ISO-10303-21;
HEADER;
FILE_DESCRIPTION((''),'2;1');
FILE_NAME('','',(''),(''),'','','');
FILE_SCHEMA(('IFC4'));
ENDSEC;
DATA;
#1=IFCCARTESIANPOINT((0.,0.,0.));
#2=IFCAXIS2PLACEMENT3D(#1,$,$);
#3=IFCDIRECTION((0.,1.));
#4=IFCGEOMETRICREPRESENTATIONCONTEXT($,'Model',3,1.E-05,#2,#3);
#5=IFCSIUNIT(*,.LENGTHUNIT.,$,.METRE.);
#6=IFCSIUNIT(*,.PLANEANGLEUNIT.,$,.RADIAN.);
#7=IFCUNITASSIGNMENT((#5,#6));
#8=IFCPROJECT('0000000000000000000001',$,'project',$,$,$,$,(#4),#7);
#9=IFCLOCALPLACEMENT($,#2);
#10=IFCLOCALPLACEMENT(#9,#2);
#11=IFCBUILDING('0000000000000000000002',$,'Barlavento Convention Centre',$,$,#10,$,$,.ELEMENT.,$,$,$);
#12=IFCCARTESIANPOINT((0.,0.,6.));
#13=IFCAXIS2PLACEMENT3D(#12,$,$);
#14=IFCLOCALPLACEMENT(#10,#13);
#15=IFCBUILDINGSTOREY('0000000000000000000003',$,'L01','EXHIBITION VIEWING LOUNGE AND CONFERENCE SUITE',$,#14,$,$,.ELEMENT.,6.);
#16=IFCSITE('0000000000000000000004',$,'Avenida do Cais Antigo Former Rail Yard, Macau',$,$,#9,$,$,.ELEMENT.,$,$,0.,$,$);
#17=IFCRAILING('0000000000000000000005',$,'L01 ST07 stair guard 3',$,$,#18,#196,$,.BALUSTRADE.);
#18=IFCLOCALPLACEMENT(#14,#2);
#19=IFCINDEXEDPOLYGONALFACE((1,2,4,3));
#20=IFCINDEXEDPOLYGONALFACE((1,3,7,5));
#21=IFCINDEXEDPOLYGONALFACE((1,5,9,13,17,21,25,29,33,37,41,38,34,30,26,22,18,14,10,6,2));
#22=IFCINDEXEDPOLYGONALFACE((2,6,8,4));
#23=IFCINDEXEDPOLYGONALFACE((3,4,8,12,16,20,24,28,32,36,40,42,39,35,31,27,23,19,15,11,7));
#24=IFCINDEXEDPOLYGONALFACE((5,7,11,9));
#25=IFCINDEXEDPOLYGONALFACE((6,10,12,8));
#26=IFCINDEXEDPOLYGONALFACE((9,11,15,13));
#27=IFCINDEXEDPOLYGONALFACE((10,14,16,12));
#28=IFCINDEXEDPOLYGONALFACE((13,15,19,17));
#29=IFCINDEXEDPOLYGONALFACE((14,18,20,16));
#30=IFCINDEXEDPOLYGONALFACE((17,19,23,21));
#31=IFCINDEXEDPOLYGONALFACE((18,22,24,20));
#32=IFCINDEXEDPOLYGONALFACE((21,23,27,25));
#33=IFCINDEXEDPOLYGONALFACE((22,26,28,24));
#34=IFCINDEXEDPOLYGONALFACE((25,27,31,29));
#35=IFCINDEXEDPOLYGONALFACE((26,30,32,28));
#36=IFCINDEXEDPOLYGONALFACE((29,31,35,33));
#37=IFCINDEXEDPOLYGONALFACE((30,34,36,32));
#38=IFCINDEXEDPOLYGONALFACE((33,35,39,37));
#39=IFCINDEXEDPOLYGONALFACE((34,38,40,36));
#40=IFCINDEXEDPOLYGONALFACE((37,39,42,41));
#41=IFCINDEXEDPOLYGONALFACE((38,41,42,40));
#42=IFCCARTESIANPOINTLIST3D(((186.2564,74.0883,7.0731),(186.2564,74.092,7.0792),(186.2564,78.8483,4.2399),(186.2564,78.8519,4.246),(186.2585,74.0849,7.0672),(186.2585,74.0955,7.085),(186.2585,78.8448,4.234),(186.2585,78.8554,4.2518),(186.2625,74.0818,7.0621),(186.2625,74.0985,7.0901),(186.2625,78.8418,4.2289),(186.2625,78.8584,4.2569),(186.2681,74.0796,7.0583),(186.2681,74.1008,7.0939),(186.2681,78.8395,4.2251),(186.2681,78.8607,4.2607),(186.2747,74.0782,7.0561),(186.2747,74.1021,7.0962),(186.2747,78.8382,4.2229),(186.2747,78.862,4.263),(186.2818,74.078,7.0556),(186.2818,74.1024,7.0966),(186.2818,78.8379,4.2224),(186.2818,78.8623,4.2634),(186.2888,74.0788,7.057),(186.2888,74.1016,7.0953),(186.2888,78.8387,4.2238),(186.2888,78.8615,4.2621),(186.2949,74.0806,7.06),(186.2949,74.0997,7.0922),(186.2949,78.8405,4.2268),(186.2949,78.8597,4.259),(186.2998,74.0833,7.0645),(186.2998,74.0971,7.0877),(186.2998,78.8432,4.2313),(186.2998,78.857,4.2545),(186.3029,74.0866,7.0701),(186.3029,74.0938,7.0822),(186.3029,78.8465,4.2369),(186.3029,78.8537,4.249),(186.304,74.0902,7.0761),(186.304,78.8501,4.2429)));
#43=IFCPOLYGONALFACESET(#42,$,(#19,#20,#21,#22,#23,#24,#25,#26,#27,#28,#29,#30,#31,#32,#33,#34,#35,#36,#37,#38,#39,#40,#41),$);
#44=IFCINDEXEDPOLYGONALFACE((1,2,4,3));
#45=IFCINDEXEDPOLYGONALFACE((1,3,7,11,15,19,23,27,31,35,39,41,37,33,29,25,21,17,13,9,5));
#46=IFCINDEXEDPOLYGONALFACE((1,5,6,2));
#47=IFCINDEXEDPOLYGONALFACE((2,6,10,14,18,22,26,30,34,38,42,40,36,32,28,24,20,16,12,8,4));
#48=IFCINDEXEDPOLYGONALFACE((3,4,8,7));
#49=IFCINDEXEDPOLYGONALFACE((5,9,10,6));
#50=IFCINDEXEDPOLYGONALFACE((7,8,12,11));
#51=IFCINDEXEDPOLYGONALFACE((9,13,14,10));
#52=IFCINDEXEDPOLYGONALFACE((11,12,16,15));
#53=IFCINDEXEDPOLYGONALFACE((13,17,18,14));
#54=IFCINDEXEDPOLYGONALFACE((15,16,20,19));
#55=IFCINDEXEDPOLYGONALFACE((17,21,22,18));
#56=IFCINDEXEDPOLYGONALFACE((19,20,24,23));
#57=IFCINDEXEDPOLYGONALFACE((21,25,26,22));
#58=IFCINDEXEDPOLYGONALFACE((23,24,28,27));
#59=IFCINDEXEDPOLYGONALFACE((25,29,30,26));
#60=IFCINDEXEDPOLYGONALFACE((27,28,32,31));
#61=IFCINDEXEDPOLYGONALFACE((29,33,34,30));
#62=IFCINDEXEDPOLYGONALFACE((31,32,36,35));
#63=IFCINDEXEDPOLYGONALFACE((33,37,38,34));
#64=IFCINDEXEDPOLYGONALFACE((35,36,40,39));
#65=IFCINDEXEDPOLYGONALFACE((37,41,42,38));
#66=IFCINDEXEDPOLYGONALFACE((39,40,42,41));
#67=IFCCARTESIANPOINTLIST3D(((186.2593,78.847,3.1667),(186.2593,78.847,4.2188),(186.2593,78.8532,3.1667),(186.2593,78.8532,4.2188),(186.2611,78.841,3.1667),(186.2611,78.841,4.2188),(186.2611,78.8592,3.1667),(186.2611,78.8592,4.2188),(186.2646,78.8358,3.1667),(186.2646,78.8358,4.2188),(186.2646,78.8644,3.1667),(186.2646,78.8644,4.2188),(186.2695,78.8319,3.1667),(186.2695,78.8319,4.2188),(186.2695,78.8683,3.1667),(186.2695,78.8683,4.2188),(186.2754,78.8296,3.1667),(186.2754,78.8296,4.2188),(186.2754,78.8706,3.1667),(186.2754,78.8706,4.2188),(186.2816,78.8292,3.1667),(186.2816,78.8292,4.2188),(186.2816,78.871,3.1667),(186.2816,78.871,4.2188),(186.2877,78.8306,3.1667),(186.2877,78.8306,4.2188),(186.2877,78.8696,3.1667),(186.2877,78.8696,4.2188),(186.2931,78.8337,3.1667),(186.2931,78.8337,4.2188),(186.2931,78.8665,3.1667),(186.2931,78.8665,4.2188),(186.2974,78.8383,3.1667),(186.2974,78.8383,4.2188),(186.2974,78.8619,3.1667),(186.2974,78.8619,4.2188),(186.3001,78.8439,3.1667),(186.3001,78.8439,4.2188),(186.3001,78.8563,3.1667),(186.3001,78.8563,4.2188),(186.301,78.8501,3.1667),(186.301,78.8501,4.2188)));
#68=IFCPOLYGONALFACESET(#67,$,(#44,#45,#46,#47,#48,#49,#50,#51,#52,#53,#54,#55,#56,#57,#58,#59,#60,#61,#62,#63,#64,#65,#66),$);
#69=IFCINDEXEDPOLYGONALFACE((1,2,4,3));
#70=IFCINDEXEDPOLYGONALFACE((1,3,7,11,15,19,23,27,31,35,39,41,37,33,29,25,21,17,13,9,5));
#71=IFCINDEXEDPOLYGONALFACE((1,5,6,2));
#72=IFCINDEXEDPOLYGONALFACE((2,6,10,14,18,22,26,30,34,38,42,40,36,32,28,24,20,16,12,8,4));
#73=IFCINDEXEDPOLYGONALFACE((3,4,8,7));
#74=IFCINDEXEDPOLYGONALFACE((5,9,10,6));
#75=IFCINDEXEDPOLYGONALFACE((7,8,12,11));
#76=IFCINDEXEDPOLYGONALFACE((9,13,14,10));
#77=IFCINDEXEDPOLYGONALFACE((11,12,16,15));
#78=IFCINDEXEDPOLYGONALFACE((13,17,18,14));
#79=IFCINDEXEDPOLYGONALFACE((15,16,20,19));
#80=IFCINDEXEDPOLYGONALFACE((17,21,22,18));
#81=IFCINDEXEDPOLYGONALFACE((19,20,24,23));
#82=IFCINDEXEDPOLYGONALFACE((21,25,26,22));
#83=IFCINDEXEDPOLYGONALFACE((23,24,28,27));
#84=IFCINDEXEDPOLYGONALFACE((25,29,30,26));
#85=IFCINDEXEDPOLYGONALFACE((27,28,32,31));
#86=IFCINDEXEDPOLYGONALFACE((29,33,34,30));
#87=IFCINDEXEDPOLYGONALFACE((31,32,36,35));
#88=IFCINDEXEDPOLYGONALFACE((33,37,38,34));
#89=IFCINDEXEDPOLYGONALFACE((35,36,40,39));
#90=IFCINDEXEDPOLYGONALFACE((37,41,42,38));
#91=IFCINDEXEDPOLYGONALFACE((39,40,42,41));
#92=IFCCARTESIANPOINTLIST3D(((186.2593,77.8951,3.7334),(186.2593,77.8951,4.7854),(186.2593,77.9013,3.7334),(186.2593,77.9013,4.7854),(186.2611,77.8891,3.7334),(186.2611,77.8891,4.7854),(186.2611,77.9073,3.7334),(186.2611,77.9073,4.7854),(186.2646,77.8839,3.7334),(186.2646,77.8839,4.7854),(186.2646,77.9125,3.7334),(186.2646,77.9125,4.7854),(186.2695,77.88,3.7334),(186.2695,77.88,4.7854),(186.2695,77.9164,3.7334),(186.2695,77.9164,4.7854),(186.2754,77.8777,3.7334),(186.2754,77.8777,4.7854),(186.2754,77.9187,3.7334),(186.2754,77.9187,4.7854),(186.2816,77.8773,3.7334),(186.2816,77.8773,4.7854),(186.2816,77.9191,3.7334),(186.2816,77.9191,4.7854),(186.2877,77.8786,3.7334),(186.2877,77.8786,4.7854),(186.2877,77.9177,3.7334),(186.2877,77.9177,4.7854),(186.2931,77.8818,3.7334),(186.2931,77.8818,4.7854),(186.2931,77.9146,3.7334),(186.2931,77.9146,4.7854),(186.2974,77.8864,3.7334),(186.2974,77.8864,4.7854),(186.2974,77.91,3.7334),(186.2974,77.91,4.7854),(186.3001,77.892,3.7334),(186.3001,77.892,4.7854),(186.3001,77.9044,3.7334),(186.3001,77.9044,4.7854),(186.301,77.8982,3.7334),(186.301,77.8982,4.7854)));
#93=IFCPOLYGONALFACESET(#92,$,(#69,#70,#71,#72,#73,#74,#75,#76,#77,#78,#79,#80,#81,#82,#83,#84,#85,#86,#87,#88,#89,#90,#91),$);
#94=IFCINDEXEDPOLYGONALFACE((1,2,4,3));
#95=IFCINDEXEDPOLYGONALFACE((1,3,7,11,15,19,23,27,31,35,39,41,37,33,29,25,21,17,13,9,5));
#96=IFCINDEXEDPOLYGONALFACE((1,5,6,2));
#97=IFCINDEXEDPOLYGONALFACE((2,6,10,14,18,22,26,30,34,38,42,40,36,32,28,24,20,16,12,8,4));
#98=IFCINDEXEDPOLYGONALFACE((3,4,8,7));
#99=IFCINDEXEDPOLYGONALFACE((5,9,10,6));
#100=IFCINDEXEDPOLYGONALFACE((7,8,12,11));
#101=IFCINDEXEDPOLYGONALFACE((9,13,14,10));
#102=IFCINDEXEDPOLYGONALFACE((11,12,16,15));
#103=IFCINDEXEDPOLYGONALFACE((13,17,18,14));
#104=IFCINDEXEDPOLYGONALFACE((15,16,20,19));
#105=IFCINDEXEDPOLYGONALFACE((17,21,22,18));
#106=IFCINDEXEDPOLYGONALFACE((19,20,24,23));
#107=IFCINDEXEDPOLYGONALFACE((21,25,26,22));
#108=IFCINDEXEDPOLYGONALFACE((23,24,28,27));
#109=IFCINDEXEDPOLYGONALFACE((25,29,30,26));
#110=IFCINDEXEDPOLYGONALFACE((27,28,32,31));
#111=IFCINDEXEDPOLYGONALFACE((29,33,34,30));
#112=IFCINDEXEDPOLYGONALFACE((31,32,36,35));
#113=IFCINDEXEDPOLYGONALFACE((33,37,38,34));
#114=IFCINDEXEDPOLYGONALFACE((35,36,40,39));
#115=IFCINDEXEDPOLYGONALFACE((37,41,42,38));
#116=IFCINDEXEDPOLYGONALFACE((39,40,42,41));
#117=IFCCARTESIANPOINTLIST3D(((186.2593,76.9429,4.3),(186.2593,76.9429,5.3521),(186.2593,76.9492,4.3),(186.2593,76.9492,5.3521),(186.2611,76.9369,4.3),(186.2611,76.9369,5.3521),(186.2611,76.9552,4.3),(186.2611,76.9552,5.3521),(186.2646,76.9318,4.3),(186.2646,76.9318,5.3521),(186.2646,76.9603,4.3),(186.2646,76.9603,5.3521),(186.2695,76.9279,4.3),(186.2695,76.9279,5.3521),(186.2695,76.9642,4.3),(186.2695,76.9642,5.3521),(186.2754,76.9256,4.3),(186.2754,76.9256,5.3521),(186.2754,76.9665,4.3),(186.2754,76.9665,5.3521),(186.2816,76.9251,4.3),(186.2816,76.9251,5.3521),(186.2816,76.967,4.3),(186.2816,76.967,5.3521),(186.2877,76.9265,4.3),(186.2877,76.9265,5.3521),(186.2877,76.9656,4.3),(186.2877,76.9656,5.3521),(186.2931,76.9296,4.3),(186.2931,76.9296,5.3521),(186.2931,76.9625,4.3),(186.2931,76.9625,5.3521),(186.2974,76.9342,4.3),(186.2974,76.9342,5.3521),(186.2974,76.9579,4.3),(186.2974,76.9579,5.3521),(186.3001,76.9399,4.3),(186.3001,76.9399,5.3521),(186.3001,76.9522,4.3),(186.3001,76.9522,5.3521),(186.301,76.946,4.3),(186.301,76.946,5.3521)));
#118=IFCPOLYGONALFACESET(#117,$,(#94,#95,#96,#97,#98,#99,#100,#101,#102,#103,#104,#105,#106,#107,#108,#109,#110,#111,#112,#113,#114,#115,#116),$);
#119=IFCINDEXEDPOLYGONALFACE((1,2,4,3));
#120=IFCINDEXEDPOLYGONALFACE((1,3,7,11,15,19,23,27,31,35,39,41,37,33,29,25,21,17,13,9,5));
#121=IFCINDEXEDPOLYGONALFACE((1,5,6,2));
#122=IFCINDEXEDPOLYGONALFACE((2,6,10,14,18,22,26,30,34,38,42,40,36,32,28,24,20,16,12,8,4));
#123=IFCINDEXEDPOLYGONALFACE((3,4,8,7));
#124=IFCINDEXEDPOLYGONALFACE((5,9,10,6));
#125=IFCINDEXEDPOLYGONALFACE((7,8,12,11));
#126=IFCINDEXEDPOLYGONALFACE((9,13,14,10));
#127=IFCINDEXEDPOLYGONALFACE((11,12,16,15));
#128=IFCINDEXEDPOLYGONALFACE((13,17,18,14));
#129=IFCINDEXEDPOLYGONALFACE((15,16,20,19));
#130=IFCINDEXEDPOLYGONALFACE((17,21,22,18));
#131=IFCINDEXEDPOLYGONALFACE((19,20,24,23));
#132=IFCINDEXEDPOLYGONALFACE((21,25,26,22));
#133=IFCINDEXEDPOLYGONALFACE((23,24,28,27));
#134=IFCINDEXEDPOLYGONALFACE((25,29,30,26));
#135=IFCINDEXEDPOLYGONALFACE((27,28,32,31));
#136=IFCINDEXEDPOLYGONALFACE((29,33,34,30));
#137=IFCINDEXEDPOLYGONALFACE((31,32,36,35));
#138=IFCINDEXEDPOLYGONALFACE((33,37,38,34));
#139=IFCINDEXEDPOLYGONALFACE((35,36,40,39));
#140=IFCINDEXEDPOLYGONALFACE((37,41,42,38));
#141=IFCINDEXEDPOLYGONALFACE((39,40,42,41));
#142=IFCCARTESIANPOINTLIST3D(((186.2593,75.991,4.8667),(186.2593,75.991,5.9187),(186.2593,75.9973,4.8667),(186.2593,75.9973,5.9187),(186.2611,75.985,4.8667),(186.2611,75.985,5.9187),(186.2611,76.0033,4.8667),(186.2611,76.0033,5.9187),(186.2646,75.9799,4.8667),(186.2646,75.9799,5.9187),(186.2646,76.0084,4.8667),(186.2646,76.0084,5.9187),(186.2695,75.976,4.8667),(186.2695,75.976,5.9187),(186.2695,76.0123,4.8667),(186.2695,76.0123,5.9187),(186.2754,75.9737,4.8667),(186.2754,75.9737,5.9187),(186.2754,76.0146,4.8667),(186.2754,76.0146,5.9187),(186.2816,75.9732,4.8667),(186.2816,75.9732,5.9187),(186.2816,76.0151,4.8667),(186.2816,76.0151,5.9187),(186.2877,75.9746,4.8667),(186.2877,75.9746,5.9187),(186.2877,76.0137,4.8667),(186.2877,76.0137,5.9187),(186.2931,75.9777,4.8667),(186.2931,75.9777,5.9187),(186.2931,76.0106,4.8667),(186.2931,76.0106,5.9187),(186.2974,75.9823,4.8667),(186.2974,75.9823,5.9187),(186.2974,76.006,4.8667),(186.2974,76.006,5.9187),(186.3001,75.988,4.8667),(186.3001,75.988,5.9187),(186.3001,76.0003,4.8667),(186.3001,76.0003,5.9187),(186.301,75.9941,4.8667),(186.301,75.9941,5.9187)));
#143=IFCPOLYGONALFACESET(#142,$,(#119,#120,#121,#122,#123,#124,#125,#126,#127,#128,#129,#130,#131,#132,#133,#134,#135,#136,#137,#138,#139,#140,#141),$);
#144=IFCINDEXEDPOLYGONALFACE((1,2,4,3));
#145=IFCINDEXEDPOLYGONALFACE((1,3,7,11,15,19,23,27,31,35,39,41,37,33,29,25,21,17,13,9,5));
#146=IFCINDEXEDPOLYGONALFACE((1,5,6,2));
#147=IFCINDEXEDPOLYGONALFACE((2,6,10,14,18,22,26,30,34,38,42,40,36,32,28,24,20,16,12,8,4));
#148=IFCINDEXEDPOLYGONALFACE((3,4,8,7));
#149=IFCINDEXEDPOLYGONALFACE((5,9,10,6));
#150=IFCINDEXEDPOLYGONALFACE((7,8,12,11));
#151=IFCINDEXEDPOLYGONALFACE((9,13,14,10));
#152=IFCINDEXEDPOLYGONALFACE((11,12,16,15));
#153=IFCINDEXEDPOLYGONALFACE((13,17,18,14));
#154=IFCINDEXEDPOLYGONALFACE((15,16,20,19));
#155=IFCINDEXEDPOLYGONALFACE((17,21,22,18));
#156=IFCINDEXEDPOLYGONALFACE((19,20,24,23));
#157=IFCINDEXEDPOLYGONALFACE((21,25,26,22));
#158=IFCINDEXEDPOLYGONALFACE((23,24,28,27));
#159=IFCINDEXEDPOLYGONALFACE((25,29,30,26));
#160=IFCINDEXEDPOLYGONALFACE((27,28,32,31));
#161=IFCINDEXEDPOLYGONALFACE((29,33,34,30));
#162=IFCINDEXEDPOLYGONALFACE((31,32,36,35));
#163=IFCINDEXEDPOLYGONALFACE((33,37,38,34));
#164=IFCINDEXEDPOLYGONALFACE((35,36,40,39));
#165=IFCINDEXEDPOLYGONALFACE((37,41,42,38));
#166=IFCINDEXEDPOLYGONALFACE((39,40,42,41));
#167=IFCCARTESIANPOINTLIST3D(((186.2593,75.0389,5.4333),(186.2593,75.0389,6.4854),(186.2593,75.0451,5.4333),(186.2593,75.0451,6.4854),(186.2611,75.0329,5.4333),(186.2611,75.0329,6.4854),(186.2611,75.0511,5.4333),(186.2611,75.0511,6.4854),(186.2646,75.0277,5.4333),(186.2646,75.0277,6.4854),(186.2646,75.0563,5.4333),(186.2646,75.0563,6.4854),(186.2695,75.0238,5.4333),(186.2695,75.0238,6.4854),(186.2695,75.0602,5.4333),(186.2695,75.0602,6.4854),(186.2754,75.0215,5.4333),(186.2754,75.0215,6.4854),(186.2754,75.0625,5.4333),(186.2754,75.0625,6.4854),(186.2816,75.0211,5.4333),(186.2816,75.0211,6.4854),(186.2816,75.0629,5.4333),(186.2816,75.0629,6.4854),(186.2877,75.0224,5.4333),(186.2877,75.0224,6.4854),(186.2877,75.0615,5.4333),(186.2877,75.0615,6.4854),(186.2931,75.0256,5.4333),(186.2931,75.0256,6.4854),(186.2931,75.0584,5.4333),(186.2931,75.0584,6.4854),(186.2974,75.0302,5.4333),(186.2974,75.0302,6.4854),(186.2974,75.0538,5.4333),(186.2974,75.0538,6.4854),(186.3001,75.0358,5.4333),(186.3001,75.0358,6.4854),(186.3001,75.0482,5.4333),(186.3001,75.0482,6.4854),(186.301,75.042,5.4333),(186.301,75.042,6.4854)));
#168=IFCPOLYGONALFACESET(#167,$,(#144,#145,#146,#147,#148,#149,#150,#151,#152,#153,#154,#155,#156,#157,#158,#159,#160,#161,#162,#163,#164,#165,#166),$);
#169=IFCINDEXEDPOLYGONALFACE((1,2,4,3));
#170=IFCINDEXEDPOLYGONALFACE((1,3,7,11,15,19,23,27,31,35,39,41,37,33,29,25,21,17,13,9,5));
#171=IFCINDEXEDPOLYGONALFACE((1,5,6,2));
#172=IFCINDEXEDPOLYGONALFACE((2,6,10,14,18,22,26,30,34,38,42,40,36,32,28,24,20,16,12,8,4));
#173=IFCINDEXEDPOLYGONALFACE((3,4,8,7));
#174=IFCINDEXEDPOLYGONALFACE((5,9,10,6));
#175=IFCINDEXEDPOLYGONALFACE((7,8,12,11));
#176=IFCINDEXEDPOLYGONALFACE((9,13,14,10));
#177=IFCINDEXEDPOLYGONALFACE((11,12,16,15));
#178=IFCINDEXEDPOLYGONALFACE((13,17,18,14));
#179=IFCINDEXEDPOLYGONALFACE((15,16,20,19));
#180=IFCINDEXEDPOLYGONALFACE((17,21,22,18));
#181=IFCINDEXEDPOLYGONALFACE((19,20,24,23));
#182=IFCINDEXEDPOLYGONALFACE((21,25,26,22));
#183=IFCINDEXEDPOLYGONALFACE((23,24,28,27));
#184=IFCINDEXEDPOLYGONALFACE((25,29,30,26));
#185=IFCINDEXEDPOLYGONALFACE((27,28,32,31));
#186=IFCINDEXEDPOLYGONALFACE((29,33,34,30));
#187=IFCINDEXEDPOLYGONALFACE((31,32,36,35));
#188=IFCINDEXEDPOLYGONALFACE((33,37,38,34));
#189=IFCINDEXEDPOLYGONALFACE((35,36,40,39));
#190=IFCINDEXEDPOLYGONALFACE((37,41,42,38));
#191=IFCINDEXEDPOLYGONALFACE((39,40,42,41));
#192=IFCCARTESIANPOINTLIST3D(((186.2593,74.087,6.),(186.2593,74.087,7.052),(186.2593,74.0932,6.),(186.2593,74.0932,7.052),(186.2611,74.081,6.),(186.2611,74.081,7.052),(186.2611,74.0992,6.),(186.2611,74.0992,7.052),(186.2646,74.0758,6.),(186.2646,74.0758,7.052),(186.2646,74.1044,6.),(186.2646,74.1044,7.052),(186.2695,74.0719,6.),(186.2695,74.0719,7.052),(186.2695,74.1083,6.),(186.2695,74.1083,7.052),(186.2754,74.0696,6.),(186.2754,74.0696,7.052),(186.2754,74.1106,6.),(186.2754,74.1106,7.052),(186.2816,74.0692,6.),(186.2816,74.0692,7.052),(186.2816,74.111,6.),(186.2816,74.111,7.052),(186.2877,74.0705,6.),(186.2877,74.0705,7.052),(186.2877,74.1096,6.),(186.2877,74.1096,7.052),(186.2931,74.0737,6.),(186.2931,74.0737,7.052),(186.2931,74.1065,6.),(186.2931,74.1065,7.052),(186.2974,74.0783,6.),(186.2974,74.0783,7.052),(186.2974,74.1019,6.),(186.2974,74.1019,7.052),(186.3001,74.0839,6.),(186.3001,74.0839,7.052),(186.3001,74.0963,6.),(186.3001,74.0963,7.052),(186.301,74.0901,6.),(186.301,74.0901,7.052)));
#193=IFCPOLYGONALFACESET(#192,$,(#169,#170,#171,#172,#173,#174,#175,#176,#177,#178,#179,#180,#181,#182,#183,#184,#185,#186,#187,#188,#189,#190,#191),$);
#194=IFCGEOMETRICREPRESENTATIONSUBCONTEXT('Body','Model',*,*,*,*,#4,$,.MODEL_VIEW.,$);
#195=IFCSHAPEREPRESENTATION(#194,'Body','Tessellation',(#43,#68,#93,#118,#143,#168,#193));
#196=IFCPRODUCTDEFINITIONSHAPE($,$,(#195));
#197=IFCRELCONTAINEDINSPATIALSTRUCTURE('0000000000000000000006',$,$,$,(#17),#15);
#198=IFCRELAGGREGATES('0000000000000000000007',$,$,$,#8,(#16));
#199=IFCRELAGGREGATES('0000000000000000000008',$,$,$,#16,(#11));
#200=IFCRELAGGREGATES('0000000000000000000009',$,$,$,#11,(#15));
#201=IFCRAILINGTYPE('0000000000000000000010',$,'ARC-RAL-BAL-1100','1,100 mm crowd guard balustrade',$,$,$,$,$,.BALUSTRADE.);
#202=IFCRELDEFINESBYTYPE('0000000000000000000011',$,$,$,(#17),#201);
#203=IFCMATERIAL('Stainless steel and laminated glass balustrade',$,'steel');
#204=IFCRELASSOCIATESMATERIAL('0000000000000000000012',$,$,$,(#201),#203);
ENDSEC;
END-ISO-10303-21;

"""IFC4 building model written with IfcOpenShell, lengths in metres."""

from ifc_helpers import new_model, si_unit, direction, frame, origin, origin_2d, place, context, subcontext, project, spatial, circle, extrude, material, type_object, element, save


model = new_model("IFC4")

# Units and contexts
model_context = context("Model", 3, precision=1e-05, world=origin(), true_north=direction((0.0, 1.0)))
body_context = subcontext(model_context, "Body", "Model", "MODEL_VIEW")
ifc_project = project(units=[si_unit("LENGTHUNIT", "METRE"), si_unit("PLANEANGLEUNIT", "RADIAN")], contexts=[model_context])

# Site, building, storey
site_placement = place(None, origin())
site = spatial("IfcSite", under=ifc_project, at=site_placement, Name="Avenida do Cais Antigo Former Rail Yard, Macau", CompositionType="ELEMENT", RefElevation=0.0)
building_placement = place(site_placement, origin())
building = spatial("IfcBuilding", under=site, at=building_placement, Name="Barlavento Convention Centre", CompositionType="ELEMENT")
storey_placement = place(building_placement, frame((0.0, 0.0, 6.0)))
storey = spatial("IfcBuildingStorey", under=building, at=storey_placement, Name="L01", Description="EXHIBITION VIEWING LOUNGE AND CONFERENCE SUITE", CompositionType="ELEMENT", Elevation=6.0)

# Railing
ifc_material_1 = material(Name="Stainless steel and laminated glass balustrade", Category="steel")
railing_type_1 = type_object("IfcRailingType", Name="ARC-RAL-BAL-1100", Description="1,100 mm crowd guard balustrade", PredefinedType="BALUSTRADE", material=ifc_material_1)
railing_1_placement = place(storey_placement, frame((186.28, 78.8501, 3.1667)))
element("IfcRailing", 1, at=railing_1_placement, inside=storey, type_object=railing_type_1, Name="L01 ST07 stair guard 3", PredefinedType="BALUSTRADE", context=body_context, shape_type="SweptSolid", body=[
    extrude(circle(Radius=0.0239, at=origin_2d()), frame((0.0, 0.0, 1.0762), z_axis=(0.0, -0.8593, 0.511472), x_axis=(1.0, 0.0, 0.0)), (0.0, 0.0, 1.0), 5.5393),
    extrude(circle(Radius=0.021, at=origin_2d()), origin(), (0.0, 0.0, 1.0), 1.052),
    extrude(circle(Radius=0.021, at=origin_2d()), frame((0.0, -0.9519, 0.5667)), (0.0, 0.0, 1.0), 1.052),
    extrude(circle(Radius=0.021, at=origin_2d()), frame((0.0, -1.9041, 1.1333)), (0.0, 0.0, 1.0), 1.052),
    extrude(circle(Radius=0.021, at=origin_2d()), frame((0.0, -2.856, 1.7)), (0.0, 0.0, 1.0), 1.052),
    extrude(circle(Radius=0.021, at=origin_2d()), frame((0.0, -3.8081, 2.2666)), (0.0, 0.0, 1.0), 1.052),
    extrude(circle(Radius=0.021, at=origin_2d()), frame((0.0, -4.76, 2.8333)), (0.0, 0.0, 1.0), 1.052),
])

save(model, "model.ifc")
